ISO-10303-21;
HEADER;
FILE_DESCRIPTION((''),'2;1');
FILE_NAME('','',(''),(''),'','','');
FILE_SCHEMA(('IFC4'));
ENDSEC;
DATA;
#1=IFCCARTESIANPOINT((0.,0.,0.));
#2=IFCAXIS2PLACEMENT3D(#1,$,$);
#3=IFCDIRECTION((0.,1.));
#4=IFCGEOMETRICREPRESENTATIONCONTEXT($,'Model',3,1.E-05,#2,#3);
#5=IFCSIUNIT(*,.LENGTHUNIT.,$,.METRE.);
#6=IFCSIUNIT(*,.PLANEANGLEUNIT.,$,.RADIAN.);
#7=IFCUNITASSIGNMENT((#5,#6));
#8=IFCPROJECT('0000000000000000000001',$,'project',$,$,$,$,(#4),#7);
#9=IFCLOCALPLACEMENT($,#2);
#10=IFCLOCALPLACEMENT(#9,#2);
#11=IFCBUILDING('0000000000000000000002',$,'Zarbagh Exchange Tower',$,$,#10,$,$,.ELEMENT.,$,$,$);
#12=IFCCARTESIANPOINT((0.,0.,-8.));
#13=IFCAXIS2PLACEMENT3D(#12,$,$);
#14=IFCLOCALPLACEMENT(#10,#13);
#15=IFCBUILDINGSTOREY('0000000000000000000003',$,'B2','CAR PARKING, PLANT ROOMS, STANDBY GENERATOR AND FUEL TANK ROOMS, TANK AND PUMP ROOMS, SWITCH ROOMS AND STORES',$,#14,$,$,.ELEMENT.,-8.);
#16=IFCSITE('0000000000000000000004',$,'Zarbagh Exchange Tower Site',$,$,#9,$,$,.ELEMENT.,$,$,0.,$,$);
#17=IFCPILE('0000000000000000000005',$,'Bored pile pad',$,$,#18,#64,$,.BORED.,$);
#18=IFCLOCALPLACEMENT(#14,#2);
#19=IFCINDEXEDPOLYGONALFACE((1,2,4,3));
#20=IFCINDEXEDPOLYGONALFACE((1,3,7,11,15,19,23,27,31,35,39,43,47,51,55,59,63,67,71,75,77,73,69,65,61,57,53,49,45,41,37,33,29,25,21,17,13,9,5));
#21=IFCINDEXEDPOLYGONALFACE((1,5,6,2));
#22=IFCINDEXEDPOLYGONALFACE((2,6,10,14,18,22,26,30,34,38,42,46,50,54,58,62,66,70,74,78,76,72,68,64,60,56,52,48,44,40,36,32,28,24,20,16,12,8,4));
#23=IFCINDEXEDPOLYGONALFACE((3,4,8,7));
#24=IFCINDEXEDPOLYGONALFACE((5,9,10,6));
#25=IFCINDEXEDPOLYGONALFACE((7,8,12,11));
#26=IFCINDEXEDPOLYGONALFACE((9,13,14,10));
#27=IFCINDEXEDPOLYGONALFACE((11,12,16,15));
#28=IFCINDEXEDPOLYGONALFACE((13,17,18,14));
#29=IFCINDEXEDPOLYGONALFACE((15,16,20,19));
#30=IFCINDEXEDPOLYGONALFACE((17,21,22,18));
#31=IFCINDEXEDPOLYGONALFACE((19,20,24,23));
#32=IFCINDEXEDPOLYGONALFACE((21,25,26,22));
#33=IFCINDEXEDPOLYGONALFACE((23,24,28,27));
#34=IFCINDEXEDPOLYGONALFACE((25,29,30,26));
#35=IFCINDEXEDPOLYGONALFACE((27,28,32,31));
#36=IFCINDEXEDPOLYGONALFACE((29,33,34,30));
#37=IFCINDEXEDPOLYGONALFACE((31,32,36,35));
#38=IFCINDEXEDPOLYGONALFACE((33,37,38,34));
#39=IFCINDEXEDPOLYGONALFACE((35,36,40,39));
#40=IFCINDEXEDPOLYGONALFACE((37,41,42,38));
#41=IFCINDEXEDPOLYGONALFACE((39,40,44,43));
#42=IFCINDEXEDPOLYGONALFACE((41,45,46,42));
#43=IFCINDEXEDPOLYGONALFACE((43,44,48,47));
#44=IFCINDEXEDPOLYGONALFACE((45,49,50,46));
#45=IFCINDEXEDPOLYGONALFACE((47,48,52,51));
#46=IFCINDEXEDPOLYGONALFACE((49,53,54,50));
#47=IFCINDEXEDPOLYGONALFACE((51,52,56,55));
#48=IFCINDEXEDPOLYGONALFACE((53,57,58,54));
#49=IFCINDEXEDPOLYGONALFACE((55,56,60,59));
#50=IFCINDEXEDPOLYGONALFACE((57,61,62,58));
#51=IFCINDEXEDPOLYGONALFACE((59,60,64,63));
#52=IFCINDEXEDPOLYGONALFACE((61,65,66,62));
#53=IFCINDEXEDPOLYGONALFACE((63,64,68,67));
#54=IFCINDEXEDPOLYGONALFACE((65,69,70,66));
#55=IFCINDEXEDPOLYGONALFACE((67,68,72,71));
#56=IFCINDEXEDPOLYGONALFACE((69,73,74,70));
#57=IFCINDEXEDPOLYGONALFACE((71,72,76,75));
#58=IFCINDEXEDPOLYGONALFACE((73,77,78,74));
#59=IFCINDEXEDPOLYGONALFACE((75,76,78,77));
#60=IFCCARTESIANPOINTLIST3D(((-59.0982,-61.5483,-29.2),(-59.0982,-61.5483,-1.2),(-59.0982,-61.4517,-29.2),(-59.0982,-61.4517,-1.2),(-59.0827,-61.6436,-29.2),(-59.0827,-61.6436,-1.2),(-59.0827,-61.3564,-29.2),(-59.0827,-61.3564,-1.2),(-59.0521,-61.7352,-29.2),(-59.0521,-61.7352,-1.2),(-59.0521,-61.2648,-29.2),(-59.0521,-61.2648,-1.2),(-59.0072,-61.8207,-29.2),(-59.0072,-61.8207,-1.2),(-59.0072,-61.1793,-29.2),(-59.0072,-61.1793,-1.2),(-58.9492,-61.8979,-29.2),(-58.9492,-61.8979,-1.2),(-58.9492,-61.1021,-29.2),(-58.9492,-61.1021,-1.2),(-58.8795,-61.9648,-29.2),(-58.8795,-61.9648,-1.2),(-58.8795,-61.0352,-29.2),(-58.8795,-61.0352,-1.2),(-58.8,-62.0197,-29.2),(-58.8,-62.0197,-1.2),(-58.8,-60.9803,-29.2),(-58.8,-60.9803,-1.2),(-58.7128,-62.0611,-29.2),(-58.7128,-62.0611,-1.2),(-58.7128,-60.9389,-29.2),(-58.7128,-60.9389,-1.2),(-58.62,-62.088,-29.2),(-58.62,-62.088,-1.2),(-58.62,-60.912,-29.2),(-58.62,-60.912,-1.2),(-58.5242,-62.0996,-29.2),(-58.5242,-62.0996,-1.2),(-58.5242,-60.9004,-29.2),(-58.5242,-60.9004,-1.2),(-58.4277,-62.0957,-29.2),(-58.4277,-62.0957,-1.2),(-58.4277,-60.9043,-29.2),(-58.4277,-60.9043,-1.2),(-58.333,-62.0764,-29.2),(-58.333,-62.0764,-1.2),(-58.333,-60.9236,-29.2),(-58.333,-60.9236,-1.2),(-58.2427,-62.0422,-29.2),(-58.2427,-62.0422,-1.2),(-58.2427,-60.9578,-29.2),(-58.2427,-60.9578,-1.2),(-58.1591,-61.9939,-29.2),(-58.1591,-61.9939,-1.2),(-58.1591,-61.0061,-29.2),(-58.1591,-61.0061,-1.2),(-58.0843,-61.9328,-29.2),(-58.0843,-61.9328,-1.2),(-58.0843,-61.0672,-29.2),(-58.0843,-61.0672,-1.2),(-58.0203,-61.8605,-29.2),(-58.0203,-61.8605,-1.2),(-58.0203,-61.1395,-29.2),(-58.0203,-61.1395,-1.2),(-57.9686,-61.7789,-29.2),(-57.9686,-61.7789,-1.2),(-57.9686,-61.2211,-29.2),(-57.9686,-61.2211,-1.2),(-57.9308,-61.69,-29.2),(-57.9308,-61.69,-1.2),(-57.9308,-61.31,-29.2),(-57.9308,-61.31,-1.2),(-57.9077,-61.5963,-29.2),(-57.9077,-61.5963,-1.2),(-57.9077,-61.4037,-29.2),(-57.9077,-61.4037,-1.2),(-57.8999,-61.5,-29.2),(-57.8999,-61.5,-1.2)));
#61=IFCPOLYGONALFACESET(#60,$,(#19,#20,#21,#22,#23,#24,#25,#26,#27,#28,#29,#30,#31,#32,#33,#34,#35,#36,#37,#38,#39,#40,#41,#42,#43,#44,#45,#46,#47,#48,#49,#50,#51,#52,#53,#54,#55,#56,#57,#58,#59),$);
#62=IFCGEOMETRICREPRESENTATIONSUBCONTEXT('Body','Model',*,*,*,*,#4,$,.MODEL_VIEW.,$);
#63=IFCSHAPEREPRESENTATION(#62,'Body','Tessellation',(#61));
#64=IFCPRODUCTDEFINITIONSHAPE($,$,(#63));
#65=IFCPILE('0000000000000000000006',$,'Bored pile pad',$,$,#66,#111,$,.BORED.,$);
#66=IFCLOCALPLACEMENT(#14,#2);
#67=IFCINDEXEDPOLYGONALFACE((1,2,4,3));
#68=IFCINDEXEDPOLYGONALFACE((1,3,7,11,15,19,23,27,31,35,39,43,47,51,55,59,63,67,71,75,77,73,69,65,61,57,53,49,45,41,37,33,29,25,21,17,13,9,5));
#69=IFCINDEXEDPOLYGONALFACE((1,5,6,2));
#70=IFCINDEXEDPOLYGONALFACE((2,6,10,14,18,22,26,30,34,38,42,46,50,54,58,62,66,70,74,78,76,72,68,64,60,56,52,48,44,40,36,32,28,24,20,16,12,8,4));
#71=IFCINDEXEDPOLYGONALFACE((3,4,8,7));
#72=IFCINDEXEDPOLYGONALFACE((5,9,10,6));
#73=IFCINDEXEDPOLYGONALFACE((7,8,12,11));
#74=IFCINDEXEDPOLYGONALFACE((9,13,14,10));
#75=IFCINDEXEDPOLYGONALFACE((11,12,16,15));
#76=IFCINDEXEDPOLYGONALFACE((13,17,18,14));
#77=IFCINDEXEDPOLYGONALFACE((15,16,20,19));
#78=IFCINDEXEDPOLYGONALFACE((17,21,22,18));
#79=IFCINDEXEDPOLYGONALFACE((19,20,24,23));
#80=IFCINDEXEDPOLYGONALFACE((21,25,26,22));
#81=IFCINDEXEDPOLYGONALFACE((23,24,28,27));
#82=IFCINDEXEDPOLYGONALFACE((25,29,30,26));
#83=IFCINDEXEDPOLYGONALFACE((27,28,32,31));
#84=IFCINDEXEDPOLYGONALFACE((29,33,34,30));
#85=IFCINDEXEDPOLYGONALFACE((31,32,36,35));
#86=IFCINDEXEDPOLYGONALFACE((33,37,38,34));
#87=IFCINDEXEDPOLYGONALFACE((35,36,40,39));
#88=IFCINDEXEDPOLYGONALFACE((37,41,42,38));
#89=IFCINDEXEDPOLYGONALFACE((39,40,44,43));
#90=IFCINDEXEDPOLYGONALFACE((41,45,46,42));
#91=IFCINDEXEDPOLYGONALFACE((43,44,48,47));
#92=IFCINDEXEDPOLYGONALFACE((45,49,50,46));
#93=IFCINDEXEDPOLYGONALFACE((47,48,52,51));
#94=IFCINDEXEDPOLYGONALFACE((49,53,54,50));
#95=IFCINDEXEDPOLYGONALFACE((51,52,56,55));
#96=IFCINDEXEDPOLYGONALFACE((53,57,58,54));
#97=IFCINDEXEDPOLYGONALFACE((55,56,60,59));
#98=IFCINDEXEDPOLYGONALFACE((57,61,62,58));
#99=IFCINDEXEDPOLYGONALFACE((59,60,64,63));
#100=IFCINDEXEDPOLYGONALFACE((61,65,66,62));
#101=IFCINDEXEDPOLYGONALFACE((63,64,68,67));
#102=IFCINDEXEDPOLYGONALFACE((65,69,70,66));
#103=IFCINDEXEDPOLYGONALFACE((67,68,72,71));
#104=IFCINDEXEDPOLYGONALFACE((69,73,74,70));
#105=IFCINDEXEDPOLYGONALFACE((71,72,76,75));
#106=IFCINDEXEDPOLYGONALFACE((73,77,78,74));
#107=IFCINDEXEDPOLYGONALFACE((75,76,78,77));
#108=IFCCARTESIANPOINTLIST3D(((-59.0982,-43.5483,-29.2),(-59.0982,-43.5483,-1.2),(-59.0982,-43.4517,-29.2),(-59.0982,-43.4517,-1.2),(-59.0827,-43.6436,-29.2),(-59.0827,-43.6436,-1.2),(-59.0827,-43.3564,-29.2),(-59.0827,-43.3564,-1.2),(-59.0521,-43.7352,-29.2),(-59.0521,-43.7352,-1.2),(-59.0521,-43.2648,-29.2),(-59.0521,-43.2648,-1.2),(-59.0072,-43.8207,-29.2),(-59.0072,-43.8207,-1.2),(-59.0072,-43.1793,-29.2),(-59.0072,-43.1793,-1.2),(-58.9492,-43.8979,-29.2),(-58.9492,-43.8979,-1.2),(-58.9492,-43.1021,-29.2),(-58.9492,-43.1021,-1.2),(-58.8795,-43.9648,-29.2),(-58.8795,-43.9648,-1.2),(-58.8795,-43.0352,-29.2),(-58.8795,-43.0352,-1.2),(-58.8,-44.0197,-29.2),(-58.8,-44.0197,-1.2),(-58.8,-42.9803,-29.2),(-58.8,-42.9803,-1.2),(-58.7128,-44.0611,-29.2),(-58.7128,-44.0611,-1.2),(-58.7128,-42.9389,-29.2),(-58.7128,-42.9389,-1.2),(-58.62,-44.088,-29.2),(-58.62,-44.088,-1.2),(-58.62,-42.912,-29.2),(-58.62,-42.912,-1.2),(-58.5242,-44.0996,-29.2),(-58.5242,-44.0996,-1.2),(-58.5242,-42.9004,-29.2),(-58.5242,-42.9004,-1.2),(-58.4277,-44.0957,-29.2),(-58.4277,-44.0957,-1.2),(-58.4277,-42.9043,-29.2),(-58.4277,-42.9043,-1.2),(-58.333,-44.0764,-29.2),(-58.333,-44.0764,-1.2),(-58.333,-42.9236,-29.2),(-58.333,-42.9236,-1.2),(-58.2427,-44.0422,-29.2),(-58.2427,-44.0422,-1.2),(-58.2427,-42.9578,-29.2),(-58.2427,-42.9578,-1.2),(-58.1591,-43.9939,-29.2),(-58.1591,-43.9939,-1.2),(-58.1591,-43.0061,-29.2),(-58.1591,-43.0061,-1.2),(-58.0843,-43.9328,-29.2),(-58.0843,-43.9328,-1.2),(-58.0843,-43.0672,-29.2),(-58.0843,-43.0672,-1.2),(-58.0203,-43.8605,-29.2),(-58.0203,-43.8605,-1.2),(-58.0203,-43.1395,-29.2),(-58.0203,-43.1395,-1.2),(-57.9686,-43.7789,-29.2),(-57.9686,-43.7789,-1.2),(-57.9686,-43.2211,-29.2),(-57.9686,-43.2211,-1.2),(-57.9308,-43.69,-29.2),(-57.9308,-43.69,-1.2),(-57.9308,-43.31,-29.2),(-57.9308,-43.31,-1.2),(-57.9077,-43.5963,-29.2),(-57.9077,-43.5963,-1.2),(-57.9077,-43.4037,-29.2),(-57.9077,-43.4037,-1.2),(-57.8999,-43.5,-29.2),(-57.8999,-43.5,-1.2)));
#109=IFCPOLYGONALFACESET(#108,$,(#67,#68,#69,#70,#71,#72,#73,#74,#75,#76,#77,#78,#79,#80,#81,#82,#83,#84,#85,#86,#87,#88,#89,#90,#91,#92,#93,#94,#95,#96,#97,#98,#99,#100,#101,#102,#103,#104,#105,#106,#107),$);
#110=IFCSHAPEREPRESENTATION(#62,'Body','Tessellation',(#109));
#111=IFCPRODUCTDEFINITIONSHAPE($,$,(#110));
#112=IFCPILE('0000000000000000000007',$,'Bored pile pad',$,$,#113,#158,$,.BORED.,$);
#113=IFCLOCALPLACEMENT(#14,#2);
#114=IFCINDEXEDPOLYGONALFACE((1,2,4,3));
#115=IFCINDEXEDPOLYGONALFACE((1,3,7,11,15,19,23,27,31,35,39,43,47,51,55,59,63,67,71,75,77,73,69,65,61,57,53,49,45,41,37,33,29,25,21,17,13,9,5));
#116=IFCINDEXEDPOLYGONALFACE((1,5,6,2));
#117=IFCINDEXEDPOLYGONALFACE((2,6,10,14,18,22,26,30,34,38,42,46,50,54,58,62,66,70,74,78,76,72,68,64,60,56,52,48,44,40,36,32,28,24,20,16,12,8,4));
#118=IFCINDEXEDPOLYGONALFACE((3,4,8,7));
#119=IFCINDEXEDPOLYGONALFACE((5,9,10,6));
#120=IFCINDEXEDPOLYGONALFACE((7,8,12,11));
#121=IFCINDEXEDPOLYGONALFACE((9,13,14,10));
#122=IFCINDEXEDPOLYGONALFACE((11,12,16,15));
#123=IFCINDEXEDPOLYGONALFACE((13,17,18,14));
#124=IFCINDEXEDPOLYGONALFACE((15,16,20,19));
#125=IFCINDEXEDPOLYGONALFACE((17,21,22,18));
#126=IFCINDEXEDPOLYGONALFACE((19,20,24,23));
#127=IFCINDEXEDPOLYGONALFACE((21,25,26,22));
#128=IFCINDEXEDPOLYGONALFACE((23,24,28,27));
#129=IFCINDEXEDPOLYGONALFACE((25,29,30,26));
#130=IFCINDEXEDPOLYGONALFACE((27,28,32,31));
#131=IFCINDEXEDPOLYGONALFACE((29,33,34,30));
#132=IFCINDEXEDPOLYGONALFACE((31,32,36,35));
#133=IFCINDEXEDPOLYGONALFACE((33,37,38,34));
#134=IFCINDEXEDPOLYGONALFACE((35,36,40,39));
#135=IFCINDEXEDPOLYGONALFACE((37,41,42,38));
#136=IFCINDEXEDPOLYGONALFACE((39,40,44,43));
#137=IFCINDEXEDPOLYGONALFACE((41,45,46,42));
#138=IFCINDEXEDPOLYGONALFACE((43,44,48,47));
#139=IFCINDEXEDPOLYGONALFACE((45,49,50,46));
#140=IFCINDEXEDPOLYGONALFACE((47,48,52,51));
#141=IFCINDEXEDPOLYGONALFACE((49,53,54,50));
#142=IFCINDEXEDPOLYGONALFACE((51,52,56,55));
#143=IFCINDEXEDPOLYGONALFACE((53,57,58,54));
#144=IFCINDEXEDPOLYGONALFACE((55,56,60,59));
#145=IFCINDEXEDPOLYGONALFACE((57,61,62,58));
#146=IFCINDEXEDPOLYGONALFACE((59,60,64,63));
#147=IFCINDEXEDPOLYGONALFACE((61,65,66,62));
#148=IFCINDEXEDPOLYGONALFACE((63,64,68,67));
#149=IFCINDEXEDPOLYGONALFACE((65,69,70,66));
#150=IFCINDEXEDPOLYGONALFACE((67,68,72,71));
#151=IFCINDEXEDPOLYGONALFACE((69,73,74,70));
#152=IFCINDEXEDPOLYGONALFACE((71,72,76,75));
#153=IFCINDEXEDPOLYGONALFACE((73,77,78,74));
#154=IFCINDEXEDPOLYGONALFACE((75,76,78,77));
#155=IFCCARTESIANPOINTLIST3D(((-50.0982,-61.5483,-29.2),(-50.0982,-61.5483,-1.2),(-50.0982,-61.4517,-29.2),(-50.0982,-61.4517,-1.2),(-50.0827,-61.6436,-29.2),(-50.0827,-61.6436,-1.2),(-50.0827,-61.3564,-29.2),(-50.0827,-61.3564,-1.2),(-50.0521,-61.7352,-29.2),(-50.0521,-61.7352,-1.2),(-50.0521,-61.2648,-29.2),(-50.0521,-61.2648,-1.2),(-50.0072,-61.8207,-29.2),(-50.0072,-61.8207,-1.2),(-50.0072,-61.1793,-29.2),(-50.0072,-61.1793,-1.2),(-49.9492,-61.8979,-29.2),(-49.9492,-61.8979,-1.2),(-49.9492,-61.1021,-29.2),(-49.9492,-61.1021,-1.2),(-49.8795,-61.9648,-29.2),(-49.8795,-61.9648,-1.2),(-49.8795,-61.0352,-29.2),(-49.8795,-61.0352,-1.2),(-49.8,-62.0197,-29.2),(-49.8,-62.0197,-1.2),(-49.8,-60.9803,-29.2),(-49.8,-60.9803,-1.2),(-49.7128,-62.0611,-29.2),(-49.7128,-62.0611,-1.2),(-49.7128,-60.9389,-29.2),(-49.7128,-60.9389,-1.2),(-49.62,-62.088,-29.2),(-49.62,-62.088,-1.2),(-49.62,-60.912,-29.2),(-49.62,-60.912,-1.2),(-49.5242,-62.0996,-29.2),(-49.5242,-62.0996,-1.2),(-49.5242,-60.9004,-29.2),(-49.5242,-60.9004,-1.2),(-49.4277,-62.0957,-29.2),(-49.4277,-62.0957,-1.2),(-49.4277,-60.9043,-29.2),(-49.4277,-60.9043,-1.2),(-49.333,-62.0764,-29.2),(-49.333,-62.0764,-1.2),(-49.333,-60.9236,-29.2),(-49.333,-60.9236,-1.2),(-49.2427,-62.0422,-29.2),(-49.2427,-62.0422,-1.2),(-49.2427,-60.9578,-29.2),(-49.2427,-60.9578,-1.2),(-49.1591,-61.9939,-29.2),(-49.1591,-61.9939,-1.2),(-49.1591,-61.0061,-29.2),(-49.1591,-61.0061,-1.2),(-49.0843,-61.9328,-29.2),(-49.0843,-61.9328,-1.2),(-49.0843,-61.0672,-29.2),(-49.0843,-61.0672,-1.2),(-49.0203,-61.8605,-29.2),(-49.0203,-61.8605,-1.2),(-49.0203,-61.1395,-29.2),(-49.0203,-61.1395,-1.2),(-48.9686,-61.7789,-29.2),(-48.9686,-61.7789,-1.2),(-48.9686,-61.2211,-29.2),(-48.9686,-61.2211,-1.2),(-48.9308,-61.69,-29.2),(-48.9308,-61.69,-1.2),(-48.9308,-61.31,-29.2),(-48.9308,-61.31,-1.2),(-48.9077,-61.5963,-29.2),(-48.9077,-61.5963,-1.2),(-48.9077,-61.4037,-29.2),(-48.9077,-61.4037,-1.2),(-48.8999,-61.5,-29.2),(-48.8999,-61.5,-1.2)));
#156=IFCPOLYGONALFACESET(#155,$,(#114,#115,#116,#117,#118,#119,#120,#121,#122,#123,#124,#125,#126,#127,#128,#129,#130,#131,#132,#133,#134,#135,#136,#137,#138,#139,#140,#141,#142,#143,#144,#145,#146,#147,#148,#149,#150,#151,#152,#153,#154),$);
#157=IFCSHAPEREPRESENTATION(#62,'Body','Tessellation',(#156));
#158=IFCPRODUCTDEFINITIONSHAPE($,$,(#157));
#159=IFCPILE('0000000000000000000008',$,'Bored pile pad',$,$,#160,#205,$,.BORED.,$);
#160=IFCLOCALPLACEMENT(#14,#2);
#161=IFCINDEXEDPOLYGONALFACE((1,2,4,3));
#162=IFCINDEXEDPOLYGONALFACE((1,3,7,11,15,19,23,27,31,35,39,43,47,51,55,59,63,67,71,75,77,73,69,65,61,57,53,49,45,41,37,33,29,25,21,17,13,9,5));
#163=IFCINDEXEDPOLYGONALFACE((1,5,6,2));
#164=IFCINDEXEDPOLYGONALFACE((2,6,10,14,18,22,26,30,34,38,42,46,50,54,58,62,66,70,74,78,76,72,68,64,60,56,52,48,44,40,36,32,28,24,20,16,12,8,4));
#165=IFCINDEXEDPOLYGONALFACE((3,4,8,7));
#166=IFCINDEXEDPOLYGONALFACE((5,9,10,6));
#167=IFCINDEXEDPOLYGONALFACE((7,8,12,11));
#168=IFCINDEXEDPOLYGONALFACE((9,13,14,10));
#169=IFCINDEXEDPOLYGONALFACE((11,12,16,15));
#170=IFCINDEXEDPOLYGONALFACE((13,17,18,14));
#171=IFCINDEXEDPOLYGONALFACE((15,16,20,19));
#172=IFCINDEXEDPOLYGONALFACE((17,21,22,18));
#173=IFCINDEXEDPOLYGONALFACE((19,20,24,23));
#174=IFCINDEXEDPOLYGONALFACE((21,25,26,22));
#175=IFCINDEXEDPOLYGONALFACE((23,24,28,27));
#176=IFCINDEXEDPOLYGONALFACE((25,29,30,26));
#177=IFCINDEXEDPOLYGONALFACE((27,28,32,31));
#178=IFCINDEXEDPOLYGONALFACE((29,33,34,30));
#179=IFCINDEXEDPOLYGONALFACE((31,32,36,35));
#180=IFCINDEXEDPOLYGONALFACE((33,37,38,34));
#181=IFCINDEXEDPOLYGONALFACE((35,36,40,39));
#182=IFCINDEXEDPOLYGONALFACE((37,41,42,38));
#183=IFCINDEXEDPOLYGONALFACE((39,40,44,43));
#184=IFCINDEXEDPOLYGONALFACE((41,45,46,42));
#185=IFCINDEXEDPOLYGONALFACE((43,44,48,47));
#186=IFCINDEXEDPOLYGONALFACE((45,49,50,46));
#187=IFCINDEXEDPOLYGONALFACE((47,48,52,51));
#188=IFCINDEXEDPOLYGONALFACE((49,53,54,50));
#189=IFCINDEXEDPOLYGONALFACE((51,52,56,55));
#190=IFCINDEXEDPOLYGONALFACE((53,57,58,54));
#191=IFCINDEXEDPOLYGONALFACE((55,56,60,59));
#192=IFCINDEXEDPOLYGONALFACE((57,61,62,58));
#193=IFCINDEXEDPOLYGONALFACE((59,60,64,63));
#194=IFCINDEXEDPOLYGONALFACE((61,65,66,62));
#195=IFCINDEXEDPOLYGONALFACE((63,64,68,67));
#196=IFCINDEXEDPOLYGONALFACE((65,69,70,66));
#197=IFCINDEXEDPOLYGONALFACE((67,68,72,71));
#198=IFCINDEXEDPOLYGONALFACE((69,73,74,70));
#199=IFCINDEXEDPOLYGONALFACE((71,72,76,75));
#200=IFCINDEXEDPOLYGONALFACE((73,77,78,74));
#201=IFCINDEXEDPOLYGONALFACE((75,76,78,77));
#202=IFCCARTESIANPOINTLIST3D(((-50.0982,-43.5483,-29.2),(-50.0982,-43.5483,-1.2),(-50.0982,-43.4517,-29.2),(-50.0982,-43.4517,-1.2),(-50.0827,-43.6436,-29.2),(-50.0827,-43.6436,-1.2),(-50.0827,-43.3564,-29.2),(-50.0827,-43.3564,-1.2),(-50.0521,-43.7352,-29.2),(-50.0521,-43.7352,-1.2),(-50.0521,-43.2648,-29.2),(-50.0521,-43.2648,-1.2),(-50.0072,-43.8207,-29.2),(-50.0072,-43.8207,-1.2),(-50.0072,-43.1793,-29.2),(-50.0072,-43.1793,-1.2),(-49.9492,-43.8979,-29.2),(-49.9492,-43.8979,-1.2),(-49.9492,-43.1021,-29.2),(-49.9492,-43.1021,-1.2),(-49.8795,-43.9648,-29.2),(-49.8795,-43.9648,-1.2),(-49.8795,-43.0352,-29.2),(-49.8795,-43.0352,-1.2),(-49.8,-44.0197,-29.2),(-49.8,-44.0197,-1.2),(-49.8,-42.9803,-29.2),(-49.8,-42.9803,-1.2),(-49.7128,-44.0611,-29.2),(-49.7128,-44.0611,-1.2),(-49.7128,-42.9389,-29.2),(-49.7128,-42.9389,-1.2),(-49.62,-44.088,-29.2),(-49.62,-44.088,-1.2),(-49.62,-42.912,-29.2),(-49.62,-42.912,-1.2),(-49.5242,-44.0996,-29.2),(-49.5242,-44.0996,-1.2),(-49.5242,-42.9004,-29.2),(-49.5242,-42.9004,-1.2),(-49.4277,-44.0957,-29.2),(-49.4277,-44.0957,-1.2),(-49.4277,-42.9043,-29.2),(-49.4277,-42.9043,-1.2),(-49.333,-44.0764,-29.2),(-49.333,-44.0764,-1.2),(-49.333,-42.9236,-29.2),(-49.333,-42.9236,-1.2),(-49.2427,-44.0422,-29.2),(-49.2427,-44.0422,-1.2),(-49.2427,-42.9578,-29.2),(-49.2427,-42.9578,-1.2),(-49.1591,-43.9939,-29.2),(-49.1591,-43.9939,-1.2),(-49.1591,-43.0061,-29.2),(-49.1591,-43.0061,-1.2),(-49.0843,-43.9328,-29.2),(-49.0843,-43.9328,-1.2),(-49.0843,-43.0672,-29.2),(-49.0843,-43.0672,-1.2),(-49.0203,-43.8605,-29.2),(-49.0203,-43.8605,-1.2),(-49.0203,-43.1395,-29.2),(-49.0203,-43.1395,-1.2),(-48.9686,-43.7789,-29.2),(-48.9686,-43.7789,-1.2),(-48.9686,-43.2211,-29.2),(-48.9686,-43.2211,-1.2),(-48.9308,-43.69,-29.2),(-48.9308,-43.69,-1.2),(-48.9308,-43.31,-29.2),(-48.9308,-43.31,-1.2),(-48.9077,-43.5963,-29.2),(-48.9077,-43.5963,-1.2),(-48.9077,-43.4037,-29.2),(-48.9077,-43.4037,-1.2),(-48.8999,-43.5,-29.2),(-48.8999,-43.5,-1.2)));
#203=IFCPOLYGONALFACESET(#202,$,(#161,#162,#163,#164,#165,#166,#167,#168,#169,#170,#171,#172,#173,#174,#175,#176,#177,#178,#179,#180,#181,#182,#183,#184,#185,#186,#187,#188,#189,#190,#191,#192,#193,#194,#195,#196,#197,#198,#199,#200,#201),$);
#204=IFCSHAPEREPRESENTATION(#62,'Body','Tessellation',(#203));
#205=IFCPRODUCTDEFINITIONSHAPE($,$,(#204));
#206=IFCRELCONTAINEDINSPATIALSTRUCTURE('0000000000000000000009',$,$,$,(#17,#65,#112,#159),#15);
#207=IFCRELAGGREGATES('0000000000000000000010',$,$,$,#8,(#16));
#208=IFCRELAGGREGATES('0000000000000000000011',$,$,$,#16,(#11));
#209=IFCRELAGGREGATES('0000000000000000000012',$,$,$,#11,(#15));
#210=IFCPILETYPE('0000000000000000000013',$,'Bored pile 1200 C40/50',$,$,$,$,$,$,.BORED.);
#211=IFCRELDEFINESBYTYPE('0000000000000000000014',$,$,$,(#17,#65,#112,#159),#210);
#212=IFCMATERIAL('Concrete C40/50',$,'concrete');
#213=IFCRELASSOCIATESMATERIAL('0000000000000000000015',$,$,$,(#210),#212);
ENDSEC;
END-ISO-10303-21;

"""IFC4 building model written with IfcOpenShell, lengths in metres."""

from ifc_helpers import new_model, si_unit, direction, frame, origin, origin_2d, place, context, subcontext, project, spatial, circle, extrude, material, material_profile, profile_set, type_object, element, save


model = new_model("IFC4")

# Units and contexts
model_context = context("Model", 3, precision=1e-05, world=origin(), true_north=direction((0.0, 1.0)))
body_context = subcontext(model_context, "Body", "Model", "MODEL_VIEW")
ifc_project = project(units=[si_unit("LENGTHUNIT", "METRE"), si_unit("PLANEANGLEUNIT", "RADIAN")], contexts=[model_context])

# Site, building, storey
site_placement = place(None, origin())
site = spatial("IfcSite", under=ifc_project, at=site_placement, Name="Zarbagh Exchange Tower Site", CompositionType="ELEMENT", RefElevation=0.0)
building_placement = place(site_placement, origin())
building = spatial("IfcBuilding", under=site, at=building_placement, Name="Zarbagh Exchange Tower", CompositionType="ELEMENT")
storey_placement = place(building_placement, frame((0.0, 0.0, -8.0)))
storey = spatial("IfcBuildingStorey", under=building, at=storey_placement, Name="B2", Description="CAR PARKING, PLANT ROOMS, STANDBY GENERATOR AND FUEL TANK ROOMS, TANK AND PUMP ROOMS, SWITCH ROOMS AND STORES", CompositionType="ELEMENT", Elevation=-8.0)

# Piles
ifc_material_1 = material(Name="Concrete C40/50", Category="concrete")
ifc_material_profile_1 = material_profile(ifc_material_1, circle(Radius=0.6001, at=origin_2d()), Name="Bored pile 1200 C40/50")
ifc_profile_set_1 = profile_set([ifc_material_profile_1], Name="Concrete C40/50")
pile_type = type_object("IfcPileType", Name="Bored pile 1200 C40/50", PredefinedType="BORED", material=ifc_profile_set_1)
for number, where, z_axis, x_axis, name in (
    (1, (-58.5, -61.5, -1.2), (0.0, 0.0, -1.0), (1.0, 0.0, 0.0), "Bored pile pad"),
    (2, (-58.5, -43.5, -1.2), (0.0, 0.0, -1.0), (1.0, 0.0, 0.0), "Bored pile pad"),
    (3, (-49.5, -61.5, -1.2), (0.0, 0.0, -1.0), (1.0, 0.0, 0.0), "Bored pile pad"),
    (4, (-49.5, -43.5, -1.2), (0.0, 0.0, -1.0), (1.0, 0.0, 0.0), "Bored pile pad"),
):
    element("IfcPile", number, at=place(storey_placement, frame(where, z_axis=z_axis, x_axis=x_axis)), inside=storey, type_object=pile_type, Name=name, PredefinedType="BORED", context=body_context, shape_type="SweptSolid", body=[
        extrude(circle(Radius=0.6001, at=origin_2d()), origin(), (0.0, 0.0, 1.0), 28.0),
    ])

save(model, "model.ifc")
